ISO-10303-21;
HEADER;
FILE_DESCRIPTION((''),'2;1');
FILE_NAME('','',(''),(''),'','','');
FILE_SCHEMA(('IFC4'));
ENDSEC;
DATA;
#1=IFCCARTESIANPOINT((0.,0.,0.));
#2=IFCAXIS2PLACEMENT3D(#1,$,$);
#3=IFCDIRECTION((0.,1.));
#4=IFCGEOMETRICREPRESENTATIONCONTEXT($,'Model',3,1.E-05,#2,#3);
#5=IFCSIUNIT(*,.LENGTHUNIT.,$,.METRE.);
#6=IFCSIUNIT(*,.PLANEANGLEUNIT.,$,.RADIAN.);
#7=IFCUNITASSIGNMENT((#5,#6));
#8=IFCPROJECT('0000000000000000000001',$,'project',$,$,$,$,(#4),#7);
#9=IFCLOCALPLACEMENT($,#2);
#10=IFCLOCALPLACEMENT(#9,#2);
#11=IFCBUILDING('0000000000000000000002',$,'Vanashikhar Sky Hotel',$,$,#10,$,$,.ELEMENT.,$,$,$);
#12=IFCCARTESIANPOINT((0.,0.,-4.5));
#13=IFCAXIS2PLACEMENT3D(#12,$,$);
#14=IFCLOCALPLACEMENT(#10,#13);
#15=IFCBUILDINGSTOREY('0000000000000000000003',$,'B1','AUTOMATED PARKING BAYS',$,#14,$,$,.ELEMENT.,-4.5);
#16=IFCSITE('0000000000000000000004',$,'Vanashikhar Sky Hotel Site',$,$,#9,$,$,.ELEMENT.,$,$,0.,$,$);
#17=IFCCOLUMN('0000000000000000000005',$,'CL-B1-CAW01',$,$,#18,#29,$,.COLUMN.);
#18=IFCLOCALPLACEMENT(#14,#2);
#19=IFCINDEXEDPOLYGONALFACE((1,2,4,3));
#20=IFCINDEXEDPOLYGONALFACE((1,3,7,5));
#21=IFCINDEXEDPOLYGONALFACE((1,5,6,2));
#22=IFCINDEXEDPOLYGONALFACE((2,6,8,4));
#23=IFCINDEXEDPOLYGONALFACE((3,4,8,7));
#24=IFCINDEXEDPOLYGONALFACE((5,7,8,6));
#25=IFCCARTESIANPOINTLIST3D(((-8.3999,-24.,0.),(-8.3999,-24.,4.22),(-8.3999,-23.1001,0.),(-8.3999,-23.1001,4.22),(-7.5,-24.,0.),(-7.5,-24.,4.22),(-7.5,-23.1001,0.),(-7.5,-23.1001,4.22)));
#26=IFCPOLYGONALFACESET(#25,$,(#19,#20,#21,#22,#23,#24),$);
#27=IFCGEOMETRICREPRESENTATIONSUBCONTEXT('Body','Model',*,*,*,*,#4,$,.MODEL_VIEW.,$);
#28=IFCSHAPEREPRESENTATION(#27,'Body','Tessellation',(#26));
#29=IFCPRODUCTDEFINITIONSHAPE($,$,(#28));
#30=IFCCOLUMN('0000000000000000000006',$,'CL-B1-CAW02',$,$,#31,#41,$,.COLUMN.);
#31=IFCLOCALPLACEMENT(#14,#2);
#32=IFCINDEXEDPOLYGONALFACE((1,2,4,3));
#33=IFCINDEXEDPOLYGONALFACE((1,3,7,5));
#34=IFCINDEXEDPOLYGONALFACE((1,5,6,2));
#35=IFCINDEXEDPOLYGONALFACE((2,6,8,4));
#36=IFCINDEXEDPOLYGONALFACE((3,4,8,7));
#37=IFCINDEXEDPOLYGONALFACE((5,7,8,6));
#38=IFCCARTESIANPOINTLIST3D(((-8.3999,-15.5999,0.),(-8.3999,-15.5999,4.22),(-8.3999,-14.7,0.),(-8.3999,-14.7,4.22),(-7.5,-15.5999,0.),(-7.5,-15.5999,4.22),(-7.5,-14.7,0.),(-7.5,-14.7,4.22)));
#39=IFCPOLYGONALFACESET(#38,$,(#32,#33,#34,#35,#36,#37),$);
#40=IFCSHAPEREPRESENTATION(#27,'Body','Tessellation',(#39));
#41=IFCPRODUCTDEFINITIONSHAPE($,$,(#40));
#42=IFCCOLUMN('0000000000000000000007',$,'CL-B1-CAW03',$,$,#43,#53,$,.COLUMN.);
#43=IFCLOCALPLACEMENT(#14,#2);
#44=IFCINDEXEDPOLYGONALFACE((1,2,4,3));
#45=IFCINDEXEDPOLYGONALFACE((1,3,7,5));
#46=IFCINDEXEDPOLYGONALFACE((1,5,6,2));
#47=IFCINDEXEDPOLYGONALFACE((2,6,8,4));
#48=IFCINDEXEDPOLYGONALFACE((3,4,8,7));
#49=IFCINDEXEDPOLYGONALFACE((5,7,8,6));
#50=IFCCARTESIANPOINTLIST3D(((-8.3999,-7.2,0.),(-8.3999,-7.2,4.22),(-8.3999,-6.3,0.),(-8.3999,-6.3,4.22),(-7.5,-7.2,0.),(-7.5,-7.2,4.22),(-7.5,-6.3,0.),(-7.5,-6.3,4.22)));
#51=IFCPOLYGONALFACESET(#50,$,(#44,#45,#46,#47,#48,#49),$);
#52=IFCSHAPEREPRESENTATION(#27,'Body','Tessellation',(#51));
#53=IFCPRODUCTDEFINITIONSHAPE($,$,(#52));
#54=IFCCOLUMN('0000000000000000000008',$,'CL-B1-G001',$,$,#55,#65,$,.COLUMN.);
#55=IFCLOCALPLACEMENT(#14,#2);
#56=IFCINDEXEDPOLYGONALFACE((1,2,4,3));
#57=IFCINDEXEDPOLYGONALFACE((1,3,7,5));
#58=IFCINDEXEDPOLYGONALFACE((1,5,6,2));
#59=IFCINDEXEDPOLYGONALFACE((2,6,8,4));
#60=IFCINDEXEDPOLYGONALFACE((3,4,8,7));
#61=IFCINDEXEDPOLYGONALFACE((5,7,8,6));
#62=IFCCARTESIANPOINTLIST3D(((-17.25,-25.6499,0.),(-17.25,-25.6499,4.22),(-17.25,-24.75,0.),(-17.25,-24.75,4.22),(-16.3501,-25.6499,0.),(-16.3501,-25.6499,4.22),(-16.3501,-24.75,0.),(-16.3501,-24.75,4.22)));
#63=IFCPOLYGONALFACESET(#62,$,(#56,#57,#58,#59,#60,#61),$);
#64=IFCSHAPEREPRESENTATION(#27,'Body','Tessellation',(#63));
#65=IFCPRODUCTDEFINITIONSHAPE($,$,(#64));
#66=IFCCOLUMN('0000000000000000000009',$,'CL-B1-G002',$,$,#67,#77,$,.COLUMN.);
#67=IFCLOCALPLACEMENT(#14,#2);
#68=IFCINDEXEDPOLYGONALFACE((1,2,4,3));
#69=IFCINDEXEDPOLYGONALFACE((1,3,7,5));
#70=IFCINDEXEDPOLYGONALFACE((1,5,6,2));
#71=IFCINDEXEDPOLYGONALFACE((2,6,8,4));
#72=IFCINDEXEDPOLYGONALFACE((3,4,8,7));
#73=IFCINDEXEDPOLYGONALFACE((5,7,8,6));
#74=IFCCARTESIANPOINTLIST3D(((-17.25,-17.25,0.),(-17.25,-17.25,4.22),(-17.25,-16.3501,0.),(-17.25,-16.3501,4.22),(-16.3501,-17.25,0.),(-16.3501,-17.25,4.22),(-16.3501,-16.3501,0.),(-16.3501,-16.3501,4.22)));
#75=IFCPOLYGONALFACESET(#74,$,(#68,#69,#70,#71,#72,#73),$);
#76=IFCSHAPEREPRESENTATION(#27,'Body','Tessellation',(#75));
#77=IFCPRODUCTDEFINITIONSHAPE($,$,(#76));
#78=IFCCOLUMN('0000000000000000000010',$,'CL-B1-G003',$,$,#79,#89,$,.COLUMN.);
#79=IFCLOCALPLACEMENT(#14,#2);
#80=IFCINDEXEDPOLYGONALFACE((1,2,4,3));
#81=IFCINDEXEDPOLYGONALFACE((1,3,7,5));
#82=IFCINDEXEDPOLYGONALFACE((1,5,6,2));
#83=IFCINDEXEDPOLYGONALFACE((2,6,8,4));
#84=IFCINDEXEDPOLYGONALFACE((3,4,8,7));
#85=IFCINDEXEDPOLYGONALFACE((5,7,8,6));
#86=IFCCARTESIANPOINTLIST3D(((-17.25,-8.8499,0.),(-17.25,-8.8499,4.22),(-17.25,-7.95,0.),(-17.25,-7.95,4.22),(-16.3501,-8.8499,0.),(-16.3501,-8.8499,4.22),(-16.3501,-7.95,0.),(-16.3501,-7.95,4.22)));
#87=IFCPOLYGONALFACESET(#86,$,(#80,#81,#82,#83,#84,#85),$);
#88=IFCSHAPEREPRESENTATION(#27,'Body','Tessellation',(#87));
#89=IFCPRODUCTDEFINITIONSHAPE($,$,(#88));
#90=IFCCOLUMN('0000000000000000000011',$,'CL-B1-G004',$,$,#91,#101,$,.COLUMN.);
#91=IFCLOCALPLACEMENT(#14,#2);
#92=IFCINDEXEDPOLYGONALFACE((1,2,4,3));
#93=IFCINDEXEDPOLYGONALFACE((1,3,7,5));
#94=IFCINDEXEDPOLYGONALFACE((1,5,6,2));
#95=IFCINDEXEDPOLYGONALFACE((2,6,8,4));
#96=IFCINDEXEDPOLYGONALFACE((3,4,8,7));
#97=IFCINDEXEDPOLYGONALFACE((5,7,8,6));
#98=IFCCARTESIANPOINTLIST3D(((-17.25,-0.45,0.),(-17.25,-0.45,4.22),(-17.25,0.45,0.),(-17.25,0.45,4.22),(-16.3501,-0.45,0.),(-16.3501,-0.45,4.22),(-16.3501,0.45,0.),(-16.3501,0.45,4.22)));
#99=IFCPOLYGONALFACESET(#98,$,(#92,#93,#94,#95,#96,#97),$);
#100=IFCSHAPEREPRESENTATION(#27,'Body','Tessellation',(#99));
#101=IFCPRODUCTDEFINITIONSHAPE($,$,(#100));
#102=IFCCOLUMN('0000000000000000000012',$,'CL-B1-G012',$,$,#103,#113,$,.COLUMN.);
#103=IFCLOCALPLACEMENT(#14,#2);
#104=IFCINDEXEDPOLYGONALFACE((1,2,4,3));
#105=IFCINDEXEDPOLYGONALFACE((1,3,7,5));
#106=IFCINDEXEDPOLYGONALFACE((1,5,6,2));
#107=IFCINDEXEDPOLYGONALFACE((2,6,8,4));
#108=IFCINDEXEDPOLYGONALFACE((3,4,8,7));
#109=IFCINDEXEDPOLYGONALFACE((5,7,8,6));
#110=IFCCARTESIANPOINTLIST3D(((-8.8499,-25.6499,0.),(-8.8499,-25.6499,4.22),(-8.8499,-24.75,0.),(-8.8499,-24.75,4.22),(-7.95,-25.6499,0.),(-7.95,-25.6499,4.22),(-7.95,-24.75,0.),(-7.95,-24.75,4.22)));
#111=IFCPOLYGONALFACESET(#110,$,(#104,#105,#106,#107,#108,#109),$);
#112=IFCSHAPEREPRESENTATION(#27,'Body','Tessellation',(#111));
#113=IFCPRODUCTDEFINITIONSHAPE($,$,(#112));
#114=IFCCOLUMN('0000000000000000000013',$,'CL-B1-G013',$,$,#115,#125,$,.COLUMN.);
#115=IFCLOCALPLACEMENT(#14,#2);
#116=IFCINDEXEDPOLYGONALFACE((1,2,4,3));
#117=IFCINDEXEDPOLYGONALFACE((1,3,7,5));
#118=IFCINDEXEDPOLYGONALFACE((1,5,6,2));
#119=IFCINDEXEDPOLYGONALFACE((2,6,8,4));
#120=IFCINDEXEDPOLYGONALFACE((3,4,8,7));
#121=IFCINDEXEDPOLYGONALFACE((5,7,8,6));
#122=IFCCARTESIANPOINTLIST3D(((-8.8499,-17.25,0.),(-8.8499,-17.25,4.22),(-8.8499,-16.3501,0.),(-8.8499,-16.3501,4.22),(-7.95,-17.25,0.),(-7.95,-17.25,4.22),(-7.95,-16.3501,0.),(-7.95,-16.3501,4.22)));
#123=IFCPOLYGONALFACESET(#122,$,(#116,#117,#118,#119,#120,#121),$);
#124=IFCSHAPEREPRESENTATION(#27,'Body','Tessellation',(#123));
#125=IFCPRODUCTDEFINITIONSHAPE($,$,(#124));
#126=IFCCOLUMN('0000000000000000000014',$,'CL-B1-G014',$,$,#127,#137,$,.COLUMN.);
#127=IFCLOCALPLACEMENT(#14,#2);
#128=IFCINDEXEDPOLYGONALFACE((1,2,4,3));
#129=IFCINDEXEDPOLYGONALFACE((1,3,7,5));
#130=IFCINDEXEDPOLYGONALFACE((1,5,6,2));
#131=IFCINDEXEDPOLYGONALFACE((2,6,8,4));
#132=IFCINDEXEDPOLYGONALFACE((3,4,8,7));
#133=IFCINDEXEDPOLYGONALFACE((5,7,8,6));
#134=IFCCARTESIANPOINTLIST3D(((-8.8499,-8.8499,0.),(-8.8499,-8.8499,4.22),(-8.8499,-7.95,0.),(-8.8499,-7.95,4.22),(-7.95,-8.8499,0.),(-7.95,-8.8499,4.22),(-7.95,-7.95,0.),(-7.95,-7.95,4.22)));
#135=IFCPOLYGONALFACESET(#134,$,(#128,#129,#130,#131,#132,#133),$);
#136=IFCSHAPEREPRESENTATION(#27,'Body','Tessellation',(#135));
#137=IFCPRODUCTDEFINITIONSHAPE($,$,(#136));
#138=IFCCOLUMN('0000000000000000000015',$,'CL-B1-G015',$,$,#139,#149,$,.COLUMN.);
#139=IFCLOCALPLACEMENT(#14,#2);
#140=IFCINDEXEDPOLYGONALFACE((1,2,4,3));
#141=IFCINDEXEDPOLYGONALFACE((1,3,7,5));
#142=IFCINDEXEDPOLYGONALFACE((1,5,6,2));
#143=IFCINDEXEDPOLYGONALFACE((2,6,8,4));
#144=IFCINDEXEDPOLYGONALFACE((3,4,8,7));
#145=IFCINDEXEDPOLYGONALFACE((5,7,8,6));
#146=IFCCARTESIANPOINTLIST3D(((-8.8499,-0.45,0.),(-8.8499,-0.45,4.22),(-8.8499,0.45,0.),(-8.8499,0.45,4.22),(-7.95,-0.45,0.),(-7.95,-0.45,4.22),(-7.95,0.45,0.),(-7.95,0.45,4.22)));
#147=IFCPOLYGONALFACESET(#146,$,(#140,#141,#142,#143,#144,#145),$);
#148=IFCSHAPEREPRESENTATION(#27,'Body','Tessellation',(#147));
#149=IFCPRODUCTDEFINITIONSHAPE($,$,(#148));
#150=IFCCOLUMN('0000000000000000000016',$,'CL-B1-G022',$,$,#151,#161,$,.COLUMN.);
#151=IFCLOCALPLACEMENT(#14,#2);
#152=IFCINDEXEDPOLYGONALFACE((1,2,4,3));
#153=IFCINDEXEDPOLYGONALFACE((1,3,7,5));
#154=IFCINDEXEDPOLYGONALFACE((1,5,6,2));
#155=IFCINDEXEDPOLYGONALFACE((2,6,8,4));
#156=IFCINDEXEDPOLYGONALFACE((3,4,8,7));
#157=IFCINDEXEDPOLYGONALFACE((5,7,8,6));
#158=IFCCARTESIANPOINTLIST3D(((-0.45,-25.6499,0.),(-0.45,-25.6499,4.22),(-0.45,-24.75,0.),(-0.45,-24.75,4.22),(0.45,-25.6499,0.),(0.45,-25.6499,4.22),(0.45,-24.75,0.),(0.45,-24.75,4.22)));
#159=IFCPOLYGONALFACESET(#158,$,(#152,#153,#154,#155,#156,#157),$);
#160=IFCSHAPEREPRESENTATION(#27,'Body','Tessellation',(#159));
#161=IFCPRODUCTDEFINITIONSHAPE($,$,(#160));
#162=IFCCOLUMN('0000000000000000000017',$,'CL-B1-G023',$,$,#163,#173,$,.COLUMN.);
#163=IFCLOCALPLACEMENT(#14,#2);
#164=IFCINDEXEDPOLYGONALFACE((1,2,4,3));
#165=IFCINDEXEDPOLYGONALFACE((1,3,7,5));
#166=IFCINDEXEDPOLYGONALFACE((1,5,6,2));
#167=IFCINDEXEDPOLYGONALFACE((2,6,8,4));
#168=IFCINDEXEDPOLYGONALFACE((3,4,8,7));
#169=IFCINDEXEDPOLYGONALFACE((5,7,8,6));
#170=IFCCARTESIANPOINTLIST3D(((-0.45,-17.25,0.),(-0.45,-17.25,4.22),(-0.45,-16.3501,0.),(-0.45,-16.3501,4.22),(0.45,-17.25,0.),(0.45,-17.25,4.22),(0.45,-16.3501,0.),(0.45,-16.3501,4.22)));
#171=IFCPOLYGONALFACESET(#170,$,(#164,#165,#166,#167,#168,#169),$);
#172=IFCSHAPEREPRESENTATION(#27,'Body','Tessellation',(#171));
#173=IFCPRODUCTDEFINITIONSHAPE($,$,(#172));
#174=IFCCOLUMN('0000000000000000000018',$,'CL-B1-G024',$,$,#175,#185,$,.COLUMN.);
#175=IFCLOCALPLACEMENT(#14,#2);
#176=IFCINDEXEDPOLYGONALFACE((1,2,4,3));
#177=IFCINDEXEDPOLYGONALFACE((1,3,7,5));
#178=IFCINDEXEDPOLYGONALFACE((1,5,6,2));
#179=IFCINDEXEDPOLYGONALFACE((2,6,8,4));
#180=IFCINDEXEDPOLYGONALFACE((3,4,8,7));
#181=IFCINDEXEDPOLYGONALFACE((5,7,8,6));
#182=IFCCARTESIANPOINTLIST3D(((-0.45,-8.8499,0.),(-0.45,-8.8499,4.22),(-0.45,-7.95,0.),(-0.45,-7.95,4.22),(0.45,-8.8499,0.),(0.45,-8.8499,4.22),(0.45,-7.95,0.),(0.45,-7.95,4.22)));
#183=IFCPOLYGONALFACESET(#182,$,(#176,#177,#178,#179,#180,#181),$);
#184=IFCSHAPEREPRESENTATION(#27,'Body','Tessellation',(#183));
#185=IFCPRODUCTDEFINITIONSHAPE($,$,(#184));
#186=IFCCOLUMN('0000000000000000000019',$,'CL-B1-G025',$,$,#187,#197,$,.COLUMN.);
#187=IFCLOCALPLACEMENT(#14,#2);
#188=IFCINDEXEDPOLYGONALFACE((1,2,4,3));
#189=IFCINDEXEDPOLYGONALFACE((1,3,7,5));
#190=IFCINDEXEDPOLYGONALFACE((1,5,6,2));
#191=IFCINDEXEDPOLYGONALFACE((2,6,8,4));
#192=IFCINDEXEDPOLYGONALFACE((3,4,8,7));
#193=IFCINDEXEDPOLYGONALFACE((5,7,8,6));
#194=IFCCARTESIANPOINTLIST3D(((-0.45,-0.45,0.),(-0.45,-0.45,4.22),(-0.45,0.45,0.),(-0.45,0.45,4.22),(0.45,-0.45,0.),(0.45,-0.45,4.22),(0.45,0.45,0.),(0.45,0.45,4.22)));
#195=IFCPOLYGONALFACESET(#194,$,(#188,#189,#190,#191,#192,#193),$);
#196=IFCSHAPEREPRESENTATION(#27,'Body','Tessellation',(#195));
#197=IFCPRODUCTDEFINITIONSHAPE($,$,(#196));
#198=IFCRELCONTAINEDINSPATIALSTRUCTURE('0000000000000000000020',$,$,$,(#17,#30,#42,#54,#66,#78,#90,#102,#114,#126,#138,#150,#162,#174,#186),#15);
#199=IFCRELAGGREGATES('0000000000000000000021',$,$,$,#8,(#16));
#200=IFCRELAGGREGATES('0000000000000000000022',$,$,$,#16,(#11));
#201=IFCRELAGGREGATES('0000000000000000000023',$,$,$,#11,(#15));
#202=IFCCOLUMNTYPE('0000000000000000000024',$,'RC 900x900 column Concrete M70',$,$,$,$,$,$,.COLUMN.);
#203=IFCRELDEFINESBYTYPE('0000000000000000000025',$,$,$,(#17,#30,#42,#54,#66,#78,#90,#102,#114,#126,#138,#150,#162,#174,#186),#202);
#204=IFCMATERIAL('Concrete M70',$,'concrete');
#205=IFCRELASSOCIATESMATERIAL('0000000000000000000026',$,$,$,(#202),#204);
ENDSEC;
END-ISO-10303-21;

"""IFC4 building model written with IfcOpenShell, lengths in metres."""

from ifc_helpers import new_model, si_unit, direction, frame, origin, origin_2d, place, context, subcontext, project, spatial, rectangle, extrude, source, transform, mapped, material, material_profile, profile_set, type_object, element, save


model = new_model("IFC4")

# Units and contexts
model_context = context("Model", 3, precision=1e-05, world=origin(), true_north=direction((0.0, 1.0)))
body_context = subcontext(model_context, "Body", "Model", "MODEL_VIEW")
ifc_project = project(units=[si_unit("LENGTHUNIT", "METRE"), si_unit("PLANEANGLEUNIT", "RADIAN")], contexts=[model_context])

# Site, building, storey
site_placement = place(None, origin())
site = spatial("IfcSite", under=ifc_project, at=site_placement, Name="Vanashikhar Sky Hotel Site", CompositionType="ELEMENT", RefElevation=0.0)
building_placement = place(site_placement, origin())
building = spatial("IfcBuilding", under=site, at=building_placement, Name="Vanashikhar Sky Hotel", CompositionType="ELEMENT")
storey_placement = place(building_placement, frame((0.0, 0.0, -4.5)))
storey = spatial("IfcBuildingStorey", under=building, at=storey_placement, Name="B1", Description="AUTOMATED PARKING BAYS", CompositionType="ELEMENT", Elevation=-4.5)

# Columns
ifc_material_1 = material(Name="Concrete M70", Category="concrete")
ifc_material_profile = material_profile(ifc_material_1, rectangle(XDim=0.8999, YDim=0.8999, at=origin_2d()))
ifc_profile_set = profile_set([ifc_material_profile], Name="RC 900x900 column Concrete M70")
column_type = type_object("IfcColumnType", Name="RC 900x900 column Concrete M70", PredefinedType="COLUMN", material=ifc_profile_set)
shared_shape_1 = source(origin(), body_context, "Body", "SweptSolid", [
    extrude(rectangle(XDim=0.8999, YDim=0.8999, at=origin_2d()), origin(), (0.0, 0.0, 1.0), 4.22),
])
for number, where, z_axis, x_axis, name in (
    (1, (-7.95, -23.55, 0.0), (0.0, 0.0, 1.0), (1.0, 0.0, 0.0), "CL-B1-CAW01"),
    (2, (-7.95, -15.1499, 0.0), (0.0, 0.0, 1.0), (1.0, 0.0, 0.0), "CL-B1-CAW02"),
    (3, (-7.95, -6.75, 0.0), (0.0, 0.0, 1.0), (1.0, 0.0, 0.0), "CL-B1-CAW03"),
    (4, (-16.8, -25.2, 0.0), (0.0, 0.0, 1.0), (1.0, 0.0, 0.0), "CL-B1-G001"),
    (5, (-16.8, -16.8, 0.0), (0.0, 0.0, 1.0), (1.0, 0.0, 0.0), "CL-B1-G002"),
    (6, (-16.8, -8.3999, 0.0), (0.0, 0.0, 1.0), (1.0, 0.0, 0.0), "CL-B1-G003"),
    (7, (-16.8, 0.0, 0.0), (0.0, 0.0, 1.0), (1.0, 0.0, 0.0), "CL-B1-G004"),
    (8, (-8.3999, -25.2, 0.0), (0.0, 0.0, 1.0), (1.0, 0.0, 0.0), "CL-B1-G012"),
    (9, (-8.3999, -16.8, 0.0), (0.0, 0.0, 1.0), (1.0, 0.0, 0.0), "CL-B1-G013"),
    (10, (-8.3999, -8.3999, 0.0), (0.0, 0.0, 1.0), (1.0, 0.0, 0.0), "CL-B1-G014"),
    (11, (-8.3999, 0.0, 0.0), (0.0, 0.0, 1.0), (1.0, 0.0, 0.0), "CL-B1-G015"),
    (12, (0.0, -25.2, 0.0), (0.0, 0.0, 1.0), (1.0, 0.0, 0.0), "CL-B1-G022"),
    (13, (0.0, -16.8, 0.0), (0.0, 0.0, 1.0), (1.0, 0.0, 0.0), "CL-B1-G023"),
    (14, (0.0, -8.3999, 0.0), (0.0, 0.0, 1.0), (1.0, 0.0, 0.0), "CL-B1-G024"),
    (15, (0.0, 0.0, 0.0), (0.0, 0.0, 1.0), (1.0, 0.0, 0.0), "CL-B1-G025"),
):
    element("IfcColumn", number, at=place(storey_placement, frame(where, z_axis=z_axis, x_axis=x_axis)), inside=storey, type_object=column_type, Name=name, PredefinedType="COLUMN", context=body_context, shape_type="MappedRepresentation", body=[
        mapped(shared_shape_1, transform((0.0, 0.0, 0.0), scale=1.0)),
    ])

save(model, "model.ifc")
